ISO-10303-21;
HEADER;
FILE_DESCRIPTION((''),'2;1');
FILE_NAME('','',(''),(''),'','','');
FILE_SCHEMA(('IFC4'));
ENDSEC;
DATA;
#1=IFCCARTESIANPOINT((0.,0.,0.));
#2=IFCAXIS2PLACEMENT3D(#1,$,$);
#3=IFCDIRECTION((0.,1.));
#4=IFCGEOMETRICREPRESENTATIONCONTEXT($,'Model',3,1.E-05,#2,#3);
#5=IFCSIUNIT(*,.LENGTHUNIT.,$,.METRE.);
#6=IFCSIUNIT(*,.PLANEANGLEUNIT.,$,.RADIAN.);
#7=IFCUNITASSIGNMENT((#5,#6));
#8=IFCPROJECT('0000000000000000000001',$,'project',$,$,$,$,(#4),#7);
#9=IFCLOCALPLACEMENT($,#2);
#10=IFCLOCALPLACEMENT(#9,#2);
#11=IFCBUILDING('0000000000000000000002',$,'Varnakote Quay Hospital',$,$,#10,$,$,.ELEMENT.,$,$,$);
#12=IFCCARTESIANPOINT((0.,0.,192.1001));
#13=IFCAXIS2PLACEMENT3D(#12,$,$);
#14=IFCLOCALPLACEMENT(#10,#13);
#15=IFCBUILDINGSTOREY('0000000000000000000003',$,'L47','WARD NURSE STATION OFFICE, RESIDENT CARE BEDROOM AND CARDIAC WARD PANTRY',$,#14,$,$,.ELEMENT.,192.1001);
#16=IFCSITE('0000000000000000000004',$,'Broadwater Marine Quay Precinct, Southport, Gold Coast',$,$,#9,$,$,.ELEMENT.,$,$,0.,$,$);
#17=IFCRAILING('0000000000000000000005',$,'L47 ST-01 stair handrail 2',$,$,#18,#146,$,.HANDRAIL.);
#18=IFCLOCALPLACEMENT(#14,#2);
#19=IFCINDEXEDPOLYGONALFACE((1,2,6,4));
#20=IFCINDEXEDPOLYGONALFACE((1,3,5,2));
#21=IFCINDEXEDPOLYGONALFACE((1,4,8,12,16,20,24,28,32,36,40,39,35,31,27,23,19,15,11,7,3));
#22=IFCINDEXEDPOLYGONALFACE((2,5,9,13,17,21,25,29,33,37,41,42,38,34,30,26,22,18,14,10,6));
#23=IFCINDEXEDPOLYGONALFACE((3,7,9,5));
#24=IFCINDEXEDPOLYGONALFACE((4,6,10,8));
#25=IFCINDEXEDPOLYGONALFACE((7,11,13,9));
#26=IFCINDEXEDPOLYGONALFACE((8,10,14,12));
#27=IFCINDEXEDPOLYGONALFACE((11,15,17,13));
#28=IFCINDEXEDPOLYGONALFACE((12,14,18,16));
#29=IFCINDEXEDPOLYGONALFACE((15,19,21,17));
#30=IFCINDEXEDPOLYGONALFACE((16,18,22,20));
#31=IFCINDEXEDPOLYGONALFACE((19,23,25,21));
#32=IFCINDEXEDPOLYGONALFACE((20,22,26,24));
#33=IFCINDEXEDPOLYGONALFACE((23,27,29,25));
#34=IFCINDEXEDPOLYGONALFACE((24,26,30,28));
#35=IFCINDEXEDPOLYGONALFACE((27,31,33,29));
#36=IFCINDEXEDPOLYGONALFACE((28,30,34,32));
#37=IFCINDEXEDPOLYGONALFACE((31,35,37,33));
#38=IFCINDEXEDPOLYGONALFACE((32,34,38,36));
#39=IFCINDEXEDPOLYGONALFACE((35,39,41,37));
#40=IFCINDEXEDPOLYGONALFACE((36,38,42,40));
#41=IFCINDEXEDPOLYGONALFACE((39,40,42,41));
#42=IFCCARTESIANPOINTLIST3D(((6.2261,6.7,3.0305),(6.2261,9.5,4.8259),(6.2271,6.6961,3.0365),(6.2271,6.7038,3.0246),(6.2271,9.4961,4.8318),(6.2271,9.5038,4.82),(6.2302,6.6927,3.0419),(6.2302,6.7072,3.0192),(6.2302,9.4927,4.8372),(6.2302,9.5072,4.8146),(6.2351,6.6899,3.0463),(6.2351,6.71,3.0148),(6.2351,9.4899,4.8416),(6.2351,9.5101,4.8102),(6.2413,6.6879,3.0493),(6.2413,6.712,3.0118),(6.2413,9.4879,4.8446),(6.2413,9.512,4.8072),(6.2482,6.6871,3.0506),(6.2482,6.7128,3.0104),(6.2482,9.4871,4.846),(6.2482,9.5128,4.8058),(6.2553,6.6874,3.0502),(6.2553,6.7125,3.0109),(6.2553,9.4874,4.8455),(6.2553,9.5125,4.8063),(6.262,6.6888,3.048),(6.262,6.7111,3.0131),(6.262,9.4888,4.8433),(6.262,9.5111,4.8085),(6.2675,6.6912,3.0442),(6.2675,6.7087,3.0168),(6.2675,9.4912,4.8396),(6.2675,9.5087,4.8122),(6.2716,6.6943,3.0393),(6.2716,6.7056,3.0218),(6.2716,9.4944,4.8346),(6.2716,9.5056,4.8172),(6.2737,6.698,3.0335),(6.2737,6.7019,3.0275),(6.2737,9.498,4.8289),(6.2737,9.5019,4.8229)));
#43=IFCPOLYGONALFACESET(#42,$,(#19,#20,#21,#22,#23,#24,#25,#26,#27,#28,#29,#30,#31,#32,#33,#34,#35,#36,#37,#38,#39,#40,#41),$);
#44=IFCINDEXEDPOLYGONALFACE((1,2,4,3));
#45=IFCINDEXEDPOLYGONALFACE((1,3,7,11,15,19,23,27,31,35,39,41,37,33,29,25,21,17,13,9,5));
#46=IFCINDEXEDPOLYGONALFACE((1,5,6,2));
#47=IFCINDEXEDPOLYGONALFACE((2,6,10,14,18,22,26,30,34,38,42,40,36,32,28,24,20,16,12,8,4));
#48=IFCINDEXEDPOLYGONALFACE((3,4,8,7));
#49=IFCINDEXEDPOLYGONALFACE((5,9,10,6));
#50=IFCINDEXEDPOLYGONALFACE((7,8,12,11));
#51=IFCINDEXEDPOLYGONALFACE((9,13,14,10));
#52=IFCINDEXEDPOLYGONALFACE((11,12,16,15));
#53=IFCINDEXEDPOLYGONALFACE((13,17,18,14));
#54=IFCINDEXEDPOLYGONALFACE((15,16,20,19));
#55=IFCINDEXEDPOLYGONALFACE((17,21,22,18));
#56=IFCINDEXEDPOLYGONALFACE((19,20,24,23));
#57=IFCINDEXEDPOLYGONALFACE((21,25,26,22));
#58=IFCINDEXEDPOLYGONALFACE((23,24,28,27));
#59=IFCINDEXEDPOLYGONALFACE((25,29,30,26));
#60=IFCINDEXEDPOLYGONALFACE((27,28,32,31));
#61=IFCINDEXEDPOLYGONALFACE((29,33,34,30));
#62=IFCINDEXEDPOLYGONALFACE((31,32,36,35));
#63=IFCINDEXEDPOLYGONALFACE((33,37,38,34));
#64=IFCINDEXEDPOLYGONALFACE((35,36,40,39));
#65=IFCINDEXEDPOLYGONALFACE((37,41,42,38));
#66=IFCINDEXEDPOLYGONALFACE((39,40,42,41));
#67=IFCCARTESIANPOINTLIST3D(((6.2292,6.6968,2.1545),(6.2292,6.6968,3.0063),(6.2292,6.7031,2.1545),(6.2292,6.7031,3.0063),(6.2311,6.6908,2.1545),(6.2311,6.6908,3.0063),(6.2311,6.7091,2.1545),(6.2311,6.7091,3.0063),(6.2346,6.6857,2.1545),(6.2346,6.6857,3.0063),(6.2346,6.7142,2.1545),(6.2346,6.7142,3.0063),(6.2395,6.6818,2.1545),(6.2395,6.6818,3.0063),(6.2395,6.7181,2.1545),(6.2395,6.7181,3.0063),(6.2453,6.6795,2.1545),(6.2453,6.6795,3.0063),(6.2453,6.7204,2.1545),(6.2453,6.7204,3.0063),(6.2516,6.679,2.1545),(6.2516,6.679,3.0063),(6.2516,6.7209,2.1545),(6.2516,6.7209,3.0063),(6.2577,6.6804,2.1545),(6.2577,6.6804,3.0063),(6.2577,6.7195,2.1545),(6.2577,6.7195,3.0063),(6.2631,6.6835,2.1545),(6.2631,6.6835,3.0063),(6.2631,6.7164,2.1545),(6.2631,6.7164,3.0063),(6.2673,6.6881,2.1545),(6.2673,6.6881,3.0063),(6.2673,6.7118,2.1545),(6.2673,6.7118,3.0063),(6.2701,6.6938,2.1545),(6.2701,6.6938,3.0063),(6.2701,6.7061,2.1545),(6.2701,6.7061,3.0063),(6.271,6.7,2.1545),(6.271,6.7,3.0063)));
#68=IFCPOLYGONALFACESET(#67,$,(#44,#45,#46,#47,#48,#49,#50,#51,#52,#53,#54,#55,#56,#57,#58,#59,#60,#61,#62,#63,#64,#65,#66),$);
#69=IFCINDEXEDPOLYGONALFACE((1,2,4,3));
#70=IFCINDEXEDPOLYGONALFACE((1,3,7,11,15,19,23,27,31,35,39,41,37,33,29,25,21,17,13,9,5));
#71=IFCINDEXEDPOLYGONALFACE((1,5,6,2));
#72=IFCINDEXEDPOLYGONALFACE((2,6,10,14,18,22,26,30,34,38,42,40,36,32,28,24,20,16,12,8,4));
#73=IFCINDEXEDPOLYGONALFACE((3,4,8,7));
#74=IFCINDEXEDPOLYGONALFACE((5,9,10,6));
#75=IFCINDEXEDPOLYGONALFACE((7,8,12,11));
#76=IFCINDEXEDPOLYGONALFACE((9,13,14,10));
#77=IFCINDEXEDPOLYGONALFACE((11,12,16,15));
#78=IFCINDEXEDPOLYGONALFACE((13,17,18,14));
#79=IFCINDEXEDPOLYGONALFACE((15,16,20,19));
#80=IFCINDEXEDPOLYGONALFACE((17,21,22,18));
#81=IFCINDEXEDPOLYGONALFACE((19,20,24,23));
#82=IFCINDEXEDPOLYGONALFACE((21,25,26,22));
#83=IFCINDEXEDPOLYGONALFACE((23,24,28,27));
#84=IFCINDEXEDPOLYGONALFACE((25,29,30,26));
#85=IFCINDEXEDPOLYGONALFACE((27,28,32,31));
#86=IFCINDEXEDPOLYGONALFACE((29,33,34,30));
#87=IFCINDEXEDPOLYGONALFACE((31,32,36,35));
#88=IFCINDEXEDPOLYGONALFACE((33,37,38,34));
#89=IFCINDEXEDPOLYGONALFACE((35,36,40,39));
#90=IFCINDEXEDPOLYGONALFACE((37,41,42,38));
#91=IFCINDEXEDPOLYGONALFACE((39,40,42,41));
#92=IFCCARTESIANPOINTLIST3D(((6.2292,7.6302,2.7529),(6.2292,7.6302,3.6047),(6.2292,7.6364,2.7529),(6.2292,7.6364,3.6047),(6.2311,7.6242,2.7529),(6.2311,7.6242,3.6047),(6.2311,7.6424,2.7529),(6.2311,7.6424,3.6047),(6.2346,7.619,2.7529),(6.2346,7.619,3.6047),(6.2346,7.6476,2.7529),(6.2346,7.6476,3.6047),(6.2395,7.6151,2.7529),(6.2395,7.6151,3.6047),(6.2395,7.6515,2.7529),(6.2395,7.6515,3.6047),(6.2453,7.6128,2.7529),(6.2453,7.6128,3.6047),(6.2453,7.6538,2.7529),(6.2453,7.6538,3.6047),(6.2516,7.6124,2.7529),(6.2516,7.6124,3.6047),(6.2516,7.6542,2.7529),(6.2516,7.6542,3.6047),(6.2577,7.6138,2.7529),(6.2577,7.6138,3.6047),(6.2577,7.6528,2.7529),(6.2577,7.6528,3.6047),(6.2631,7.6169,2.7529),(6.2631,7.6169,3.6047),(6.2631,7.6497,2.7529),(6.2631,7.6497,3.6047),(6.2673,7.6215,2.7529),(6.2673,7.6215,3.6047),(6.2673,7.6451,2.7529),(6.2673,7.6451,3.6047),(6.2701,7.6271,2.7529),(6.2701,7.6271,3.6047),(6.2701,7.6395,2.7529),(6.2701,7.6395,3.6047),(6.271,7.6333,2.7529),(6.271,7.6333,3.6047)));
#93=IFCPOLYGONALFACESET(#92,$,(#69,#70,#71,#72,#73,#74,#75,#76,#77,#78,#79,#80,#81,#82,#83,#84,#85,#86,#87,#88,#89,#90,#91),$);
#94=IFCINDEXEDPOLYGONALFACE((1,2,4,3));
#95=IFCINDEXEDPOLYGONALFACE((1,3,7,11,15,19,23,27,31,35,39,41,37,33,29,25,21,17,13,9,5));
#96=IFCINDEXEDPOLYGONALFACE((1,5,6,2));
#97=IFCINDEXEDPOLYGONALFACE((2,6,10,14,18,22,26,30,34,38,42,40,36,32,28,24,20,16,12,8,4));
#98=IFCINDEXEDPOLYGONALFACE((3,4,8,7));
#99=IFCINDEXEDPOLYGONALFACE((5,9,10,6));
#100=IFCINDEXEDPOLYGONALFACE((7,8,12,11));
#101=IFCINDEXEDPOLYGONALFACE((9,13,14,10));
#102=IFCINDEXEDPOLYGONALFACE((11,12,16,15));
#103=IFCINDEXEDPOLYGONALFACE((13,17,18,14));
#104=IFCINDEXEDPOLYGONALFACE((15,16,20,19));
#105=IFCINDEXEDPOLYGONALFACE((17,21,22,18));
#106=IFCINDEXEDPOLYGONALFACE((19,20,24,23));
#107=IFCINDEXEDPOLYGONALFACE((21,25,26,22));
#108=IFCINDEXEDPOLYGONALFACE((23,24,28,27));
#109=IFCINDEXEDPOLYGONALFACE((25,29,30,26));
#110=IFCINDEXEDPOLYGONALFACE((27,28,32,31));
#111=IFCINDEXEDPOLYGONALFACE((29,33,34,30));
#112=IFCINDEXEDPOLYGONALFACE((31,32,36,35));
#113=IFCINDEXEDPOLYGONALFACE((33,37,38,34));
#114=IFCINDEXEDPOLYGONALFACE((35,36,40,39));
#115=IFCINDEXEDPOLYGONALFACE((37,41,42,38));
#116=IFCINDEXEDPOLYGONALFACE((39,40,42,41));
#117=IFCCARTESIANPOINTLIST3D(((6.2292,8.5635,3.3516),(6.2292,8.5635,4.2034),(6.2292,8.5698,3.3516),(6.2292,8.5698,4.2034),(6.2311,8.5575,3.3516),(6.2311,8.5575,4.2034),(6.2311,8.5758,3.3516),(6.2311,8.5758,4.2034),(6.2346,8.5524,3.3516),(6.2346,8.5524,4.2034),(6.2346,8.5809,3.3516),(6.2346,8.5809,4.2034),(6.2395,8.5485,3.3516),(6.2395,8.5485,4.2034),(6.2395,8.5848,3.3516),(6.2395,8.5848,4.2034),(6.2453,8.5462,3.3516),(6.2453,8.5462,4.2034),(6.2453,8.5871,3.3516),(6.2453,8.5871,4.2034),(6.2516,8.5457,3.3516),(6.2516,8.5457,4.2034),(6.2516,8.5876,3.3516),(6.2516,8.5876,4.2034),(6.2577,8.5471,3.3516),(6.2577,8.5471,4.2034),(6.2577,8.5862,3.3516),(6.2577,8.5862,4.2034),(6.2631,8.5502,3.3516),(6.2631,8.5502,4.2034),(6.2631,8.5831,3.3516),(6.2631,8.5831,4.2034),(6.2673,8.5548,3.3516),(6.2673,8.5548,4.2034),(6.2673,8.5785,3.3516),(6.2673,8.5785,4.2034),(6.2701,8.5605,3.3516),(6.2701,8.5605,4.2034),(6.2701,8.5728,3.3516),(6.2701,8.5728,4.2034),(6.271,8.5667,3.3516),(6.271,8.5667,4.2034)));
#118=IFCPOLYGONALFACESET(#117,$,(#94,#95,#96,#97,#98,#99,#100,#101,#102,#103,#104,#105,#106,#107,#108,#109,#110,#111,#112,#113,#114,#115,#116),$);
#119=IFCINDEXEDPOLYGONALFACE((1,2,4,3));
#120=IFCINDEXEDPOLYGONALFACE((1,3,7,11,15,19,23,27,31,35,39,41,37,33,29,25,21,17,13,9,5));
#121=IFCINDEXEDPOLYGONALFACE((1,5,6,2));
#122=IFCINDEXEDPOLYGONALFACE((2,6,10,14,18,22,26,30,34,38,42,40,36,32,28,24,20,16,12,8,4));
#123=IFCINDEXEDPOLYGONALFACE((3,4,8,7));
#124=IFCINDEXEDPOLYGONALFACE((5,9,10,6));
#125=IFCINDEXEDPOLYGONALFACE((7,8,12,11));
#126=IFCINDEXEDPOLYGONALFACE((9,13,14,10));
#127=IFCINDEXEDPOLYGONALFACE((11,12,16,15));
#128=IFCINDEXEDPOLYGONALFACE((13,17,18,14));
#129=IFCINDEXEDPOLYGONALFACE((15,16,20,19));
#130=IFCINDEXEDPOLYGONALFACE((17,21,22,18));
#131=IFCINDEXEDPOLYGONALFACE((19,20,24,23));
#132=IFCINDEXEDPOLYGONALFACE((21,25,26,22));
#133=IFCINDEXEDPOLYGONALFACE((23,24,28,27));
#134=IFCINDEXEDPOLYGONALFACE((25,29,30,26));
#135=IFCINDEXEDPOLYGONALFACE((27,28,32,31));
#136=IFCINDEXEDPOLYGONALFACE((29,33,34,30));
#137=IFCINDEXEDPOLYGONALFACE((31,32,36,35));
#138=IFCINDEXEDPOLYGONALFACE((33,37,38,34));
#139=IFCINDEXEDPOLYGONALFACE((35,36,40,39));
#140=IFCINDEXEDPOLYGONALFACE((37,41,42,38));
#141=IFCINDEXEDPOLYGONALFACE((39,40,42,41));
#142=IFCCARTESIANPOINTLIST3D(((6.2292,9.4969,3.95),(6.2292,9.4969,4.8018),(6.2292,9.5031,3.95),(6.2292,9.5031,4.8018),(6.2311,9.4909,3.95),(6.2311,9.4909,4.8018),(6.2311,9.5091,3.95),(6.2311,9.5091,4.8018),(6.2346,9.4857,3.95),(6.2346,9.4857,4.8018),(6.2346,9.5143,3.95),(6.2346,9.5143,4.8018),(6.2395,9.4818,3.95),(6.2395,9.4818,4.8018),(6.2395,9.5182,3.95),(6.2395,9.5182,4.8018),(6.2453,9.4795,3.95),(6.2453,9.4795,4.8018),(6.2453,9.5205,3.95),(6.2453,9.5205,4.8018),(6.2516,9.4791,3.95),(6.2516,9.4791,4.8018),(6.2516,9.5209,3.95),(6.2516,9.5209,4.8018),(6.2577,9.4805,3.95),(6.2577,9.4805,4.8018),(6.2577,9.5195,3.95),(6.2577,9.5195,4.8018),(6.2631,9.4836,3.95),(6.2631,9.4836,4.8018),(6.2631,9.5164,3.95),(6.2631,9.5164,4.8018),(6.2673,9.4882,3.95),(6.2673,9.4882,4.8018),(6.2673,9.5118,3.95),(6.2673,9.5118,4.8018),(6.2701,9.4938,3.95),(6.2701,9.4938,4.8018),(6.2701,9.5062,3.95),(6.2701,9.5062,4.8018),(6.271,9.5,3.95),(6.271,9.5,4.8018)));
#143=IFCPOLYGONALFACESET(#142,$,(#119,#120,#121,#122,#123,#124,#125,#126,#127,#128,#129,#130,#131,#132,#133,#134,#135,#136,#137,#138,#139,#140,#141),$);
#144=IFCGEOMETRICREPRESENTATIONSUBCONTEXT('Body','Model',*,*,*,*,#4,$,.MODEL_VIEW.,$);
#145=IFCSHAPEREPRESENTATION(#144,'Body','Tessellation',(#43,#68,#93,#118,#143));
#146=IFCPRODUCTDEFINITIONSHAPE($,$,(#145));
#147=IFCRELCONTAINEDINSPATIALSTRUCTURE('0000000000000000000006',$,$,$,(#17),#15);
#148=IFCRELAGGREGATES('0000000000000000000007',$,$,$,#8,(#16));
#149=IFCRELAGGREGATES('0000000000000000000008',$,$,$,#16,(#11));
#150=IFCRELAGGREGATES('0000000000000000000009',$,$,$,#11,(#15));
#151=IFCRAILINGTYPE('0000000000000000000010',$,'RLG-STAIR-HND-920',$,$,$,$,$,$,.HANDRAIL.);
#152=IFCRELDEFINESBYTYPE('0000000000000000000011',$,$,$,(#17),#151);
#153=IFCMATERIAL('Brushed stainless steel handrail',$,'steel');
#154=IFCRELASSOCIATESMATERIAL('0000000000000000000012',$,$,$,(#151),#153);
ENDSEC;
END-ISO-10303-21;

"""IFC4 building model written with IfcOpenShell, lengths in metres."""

from ifc_helpers import new_model, si_unit, direction, frame, origin, origin_2d, place, context, subcontext, project, spatial, circle, extrude, material, type_object, element, save


model = new_model("IFC4")

# Units and contexts
model_context = context("Model", 3, precision=1e-05, world=origin(), true_north=direction((0.0, 1.0)))
body_context = subcontext(model_context, "Body", "Model", "MODEL_VIEW")
ifc_project = project(units=[si_unit("LENGTHUNIT", "METRE"), si_unit("PLANEANGLEUNIT", "RADIAN")], contexts=[model_context])

# Site, building, storey
site_placement = place(None, origin())
site = spatial("IfcSite", under=ifc_project, at=site_placement, Name="Broadwater Marine Quay Precinct, Southport, Gold Coast", CompositionType="ELEMENT", RefElevation=0.0)
building_placement = place(site_placement, origin())
building = spatial("IfcBuilding", under=site, at=building_placement, Name="Varnakote Quay Hospital", CompositionType="ELEMENT")
storey_placement = place(building_placement, frame((0.0, 0.0, 192.1001)))
storey = spatial("IfcBuildingStorey", under=building, at=storey_placement, Name="L47", Description="WARD NURSE STATION OFFICE, RESIDENT CARE BEDROOM AND CARDIAC WARD PANTRY", CompositionType="ELEMENT", Elevation=192.1001)

# Railing
ifc_material_1 = material(Name="Brushed stainless steel handrail", Category="steel")
railing_type_1 = type_object("IfcRailingType", Name="RLG-STAIR-HND-920", PredefinedType="HANDRAIL", material=ifc_material_1)
railing_1_placement = place(storey_placement, frame((6.25, 6.7, 2.1545)))
element("IfcRailing", 1, at=railing_1_placement, inside=storey, type_object=railing_type_1, Name="L47 ST-01 stair handrail 2", PredefinedType="HANDRAIL", context=body_context, shape_type="SweptSolid", body=[
    extrude(circle(Radius=0.0239, at=origin_2d()), frame((0.0, 0.0, 0.876), z_axis=(0.0, 0.84181, 0.539774), x_axis=(-1.0, 0.0, 0.0)), (0.0, 0.0, 1.0), 3.3262),
    extrude(circle(Radius=0.021, at=origin_2d()), origin(), (0.0, 0.0, 1.0), 0.8518),
    extrude(circle(Radius=0.021, at=origin_2d()), frame((0.0, 0.9333, 0.5984)), (0.0, 0.0, 1.0), 0.8518),
    extrude(circle(Radius=0.021, at=origin_2d()), frame((0.0, 1.8667, 1.197)), (0.0, 0.0, 1.0), 0.8518),
    extrude(circle(Radius=0.021, at=origin_2d()), frame((0.0, 2.8, 1.7954)), (0.0, 0.0, 1.0), 0.8518),
])

save(model, "model.ifc")
